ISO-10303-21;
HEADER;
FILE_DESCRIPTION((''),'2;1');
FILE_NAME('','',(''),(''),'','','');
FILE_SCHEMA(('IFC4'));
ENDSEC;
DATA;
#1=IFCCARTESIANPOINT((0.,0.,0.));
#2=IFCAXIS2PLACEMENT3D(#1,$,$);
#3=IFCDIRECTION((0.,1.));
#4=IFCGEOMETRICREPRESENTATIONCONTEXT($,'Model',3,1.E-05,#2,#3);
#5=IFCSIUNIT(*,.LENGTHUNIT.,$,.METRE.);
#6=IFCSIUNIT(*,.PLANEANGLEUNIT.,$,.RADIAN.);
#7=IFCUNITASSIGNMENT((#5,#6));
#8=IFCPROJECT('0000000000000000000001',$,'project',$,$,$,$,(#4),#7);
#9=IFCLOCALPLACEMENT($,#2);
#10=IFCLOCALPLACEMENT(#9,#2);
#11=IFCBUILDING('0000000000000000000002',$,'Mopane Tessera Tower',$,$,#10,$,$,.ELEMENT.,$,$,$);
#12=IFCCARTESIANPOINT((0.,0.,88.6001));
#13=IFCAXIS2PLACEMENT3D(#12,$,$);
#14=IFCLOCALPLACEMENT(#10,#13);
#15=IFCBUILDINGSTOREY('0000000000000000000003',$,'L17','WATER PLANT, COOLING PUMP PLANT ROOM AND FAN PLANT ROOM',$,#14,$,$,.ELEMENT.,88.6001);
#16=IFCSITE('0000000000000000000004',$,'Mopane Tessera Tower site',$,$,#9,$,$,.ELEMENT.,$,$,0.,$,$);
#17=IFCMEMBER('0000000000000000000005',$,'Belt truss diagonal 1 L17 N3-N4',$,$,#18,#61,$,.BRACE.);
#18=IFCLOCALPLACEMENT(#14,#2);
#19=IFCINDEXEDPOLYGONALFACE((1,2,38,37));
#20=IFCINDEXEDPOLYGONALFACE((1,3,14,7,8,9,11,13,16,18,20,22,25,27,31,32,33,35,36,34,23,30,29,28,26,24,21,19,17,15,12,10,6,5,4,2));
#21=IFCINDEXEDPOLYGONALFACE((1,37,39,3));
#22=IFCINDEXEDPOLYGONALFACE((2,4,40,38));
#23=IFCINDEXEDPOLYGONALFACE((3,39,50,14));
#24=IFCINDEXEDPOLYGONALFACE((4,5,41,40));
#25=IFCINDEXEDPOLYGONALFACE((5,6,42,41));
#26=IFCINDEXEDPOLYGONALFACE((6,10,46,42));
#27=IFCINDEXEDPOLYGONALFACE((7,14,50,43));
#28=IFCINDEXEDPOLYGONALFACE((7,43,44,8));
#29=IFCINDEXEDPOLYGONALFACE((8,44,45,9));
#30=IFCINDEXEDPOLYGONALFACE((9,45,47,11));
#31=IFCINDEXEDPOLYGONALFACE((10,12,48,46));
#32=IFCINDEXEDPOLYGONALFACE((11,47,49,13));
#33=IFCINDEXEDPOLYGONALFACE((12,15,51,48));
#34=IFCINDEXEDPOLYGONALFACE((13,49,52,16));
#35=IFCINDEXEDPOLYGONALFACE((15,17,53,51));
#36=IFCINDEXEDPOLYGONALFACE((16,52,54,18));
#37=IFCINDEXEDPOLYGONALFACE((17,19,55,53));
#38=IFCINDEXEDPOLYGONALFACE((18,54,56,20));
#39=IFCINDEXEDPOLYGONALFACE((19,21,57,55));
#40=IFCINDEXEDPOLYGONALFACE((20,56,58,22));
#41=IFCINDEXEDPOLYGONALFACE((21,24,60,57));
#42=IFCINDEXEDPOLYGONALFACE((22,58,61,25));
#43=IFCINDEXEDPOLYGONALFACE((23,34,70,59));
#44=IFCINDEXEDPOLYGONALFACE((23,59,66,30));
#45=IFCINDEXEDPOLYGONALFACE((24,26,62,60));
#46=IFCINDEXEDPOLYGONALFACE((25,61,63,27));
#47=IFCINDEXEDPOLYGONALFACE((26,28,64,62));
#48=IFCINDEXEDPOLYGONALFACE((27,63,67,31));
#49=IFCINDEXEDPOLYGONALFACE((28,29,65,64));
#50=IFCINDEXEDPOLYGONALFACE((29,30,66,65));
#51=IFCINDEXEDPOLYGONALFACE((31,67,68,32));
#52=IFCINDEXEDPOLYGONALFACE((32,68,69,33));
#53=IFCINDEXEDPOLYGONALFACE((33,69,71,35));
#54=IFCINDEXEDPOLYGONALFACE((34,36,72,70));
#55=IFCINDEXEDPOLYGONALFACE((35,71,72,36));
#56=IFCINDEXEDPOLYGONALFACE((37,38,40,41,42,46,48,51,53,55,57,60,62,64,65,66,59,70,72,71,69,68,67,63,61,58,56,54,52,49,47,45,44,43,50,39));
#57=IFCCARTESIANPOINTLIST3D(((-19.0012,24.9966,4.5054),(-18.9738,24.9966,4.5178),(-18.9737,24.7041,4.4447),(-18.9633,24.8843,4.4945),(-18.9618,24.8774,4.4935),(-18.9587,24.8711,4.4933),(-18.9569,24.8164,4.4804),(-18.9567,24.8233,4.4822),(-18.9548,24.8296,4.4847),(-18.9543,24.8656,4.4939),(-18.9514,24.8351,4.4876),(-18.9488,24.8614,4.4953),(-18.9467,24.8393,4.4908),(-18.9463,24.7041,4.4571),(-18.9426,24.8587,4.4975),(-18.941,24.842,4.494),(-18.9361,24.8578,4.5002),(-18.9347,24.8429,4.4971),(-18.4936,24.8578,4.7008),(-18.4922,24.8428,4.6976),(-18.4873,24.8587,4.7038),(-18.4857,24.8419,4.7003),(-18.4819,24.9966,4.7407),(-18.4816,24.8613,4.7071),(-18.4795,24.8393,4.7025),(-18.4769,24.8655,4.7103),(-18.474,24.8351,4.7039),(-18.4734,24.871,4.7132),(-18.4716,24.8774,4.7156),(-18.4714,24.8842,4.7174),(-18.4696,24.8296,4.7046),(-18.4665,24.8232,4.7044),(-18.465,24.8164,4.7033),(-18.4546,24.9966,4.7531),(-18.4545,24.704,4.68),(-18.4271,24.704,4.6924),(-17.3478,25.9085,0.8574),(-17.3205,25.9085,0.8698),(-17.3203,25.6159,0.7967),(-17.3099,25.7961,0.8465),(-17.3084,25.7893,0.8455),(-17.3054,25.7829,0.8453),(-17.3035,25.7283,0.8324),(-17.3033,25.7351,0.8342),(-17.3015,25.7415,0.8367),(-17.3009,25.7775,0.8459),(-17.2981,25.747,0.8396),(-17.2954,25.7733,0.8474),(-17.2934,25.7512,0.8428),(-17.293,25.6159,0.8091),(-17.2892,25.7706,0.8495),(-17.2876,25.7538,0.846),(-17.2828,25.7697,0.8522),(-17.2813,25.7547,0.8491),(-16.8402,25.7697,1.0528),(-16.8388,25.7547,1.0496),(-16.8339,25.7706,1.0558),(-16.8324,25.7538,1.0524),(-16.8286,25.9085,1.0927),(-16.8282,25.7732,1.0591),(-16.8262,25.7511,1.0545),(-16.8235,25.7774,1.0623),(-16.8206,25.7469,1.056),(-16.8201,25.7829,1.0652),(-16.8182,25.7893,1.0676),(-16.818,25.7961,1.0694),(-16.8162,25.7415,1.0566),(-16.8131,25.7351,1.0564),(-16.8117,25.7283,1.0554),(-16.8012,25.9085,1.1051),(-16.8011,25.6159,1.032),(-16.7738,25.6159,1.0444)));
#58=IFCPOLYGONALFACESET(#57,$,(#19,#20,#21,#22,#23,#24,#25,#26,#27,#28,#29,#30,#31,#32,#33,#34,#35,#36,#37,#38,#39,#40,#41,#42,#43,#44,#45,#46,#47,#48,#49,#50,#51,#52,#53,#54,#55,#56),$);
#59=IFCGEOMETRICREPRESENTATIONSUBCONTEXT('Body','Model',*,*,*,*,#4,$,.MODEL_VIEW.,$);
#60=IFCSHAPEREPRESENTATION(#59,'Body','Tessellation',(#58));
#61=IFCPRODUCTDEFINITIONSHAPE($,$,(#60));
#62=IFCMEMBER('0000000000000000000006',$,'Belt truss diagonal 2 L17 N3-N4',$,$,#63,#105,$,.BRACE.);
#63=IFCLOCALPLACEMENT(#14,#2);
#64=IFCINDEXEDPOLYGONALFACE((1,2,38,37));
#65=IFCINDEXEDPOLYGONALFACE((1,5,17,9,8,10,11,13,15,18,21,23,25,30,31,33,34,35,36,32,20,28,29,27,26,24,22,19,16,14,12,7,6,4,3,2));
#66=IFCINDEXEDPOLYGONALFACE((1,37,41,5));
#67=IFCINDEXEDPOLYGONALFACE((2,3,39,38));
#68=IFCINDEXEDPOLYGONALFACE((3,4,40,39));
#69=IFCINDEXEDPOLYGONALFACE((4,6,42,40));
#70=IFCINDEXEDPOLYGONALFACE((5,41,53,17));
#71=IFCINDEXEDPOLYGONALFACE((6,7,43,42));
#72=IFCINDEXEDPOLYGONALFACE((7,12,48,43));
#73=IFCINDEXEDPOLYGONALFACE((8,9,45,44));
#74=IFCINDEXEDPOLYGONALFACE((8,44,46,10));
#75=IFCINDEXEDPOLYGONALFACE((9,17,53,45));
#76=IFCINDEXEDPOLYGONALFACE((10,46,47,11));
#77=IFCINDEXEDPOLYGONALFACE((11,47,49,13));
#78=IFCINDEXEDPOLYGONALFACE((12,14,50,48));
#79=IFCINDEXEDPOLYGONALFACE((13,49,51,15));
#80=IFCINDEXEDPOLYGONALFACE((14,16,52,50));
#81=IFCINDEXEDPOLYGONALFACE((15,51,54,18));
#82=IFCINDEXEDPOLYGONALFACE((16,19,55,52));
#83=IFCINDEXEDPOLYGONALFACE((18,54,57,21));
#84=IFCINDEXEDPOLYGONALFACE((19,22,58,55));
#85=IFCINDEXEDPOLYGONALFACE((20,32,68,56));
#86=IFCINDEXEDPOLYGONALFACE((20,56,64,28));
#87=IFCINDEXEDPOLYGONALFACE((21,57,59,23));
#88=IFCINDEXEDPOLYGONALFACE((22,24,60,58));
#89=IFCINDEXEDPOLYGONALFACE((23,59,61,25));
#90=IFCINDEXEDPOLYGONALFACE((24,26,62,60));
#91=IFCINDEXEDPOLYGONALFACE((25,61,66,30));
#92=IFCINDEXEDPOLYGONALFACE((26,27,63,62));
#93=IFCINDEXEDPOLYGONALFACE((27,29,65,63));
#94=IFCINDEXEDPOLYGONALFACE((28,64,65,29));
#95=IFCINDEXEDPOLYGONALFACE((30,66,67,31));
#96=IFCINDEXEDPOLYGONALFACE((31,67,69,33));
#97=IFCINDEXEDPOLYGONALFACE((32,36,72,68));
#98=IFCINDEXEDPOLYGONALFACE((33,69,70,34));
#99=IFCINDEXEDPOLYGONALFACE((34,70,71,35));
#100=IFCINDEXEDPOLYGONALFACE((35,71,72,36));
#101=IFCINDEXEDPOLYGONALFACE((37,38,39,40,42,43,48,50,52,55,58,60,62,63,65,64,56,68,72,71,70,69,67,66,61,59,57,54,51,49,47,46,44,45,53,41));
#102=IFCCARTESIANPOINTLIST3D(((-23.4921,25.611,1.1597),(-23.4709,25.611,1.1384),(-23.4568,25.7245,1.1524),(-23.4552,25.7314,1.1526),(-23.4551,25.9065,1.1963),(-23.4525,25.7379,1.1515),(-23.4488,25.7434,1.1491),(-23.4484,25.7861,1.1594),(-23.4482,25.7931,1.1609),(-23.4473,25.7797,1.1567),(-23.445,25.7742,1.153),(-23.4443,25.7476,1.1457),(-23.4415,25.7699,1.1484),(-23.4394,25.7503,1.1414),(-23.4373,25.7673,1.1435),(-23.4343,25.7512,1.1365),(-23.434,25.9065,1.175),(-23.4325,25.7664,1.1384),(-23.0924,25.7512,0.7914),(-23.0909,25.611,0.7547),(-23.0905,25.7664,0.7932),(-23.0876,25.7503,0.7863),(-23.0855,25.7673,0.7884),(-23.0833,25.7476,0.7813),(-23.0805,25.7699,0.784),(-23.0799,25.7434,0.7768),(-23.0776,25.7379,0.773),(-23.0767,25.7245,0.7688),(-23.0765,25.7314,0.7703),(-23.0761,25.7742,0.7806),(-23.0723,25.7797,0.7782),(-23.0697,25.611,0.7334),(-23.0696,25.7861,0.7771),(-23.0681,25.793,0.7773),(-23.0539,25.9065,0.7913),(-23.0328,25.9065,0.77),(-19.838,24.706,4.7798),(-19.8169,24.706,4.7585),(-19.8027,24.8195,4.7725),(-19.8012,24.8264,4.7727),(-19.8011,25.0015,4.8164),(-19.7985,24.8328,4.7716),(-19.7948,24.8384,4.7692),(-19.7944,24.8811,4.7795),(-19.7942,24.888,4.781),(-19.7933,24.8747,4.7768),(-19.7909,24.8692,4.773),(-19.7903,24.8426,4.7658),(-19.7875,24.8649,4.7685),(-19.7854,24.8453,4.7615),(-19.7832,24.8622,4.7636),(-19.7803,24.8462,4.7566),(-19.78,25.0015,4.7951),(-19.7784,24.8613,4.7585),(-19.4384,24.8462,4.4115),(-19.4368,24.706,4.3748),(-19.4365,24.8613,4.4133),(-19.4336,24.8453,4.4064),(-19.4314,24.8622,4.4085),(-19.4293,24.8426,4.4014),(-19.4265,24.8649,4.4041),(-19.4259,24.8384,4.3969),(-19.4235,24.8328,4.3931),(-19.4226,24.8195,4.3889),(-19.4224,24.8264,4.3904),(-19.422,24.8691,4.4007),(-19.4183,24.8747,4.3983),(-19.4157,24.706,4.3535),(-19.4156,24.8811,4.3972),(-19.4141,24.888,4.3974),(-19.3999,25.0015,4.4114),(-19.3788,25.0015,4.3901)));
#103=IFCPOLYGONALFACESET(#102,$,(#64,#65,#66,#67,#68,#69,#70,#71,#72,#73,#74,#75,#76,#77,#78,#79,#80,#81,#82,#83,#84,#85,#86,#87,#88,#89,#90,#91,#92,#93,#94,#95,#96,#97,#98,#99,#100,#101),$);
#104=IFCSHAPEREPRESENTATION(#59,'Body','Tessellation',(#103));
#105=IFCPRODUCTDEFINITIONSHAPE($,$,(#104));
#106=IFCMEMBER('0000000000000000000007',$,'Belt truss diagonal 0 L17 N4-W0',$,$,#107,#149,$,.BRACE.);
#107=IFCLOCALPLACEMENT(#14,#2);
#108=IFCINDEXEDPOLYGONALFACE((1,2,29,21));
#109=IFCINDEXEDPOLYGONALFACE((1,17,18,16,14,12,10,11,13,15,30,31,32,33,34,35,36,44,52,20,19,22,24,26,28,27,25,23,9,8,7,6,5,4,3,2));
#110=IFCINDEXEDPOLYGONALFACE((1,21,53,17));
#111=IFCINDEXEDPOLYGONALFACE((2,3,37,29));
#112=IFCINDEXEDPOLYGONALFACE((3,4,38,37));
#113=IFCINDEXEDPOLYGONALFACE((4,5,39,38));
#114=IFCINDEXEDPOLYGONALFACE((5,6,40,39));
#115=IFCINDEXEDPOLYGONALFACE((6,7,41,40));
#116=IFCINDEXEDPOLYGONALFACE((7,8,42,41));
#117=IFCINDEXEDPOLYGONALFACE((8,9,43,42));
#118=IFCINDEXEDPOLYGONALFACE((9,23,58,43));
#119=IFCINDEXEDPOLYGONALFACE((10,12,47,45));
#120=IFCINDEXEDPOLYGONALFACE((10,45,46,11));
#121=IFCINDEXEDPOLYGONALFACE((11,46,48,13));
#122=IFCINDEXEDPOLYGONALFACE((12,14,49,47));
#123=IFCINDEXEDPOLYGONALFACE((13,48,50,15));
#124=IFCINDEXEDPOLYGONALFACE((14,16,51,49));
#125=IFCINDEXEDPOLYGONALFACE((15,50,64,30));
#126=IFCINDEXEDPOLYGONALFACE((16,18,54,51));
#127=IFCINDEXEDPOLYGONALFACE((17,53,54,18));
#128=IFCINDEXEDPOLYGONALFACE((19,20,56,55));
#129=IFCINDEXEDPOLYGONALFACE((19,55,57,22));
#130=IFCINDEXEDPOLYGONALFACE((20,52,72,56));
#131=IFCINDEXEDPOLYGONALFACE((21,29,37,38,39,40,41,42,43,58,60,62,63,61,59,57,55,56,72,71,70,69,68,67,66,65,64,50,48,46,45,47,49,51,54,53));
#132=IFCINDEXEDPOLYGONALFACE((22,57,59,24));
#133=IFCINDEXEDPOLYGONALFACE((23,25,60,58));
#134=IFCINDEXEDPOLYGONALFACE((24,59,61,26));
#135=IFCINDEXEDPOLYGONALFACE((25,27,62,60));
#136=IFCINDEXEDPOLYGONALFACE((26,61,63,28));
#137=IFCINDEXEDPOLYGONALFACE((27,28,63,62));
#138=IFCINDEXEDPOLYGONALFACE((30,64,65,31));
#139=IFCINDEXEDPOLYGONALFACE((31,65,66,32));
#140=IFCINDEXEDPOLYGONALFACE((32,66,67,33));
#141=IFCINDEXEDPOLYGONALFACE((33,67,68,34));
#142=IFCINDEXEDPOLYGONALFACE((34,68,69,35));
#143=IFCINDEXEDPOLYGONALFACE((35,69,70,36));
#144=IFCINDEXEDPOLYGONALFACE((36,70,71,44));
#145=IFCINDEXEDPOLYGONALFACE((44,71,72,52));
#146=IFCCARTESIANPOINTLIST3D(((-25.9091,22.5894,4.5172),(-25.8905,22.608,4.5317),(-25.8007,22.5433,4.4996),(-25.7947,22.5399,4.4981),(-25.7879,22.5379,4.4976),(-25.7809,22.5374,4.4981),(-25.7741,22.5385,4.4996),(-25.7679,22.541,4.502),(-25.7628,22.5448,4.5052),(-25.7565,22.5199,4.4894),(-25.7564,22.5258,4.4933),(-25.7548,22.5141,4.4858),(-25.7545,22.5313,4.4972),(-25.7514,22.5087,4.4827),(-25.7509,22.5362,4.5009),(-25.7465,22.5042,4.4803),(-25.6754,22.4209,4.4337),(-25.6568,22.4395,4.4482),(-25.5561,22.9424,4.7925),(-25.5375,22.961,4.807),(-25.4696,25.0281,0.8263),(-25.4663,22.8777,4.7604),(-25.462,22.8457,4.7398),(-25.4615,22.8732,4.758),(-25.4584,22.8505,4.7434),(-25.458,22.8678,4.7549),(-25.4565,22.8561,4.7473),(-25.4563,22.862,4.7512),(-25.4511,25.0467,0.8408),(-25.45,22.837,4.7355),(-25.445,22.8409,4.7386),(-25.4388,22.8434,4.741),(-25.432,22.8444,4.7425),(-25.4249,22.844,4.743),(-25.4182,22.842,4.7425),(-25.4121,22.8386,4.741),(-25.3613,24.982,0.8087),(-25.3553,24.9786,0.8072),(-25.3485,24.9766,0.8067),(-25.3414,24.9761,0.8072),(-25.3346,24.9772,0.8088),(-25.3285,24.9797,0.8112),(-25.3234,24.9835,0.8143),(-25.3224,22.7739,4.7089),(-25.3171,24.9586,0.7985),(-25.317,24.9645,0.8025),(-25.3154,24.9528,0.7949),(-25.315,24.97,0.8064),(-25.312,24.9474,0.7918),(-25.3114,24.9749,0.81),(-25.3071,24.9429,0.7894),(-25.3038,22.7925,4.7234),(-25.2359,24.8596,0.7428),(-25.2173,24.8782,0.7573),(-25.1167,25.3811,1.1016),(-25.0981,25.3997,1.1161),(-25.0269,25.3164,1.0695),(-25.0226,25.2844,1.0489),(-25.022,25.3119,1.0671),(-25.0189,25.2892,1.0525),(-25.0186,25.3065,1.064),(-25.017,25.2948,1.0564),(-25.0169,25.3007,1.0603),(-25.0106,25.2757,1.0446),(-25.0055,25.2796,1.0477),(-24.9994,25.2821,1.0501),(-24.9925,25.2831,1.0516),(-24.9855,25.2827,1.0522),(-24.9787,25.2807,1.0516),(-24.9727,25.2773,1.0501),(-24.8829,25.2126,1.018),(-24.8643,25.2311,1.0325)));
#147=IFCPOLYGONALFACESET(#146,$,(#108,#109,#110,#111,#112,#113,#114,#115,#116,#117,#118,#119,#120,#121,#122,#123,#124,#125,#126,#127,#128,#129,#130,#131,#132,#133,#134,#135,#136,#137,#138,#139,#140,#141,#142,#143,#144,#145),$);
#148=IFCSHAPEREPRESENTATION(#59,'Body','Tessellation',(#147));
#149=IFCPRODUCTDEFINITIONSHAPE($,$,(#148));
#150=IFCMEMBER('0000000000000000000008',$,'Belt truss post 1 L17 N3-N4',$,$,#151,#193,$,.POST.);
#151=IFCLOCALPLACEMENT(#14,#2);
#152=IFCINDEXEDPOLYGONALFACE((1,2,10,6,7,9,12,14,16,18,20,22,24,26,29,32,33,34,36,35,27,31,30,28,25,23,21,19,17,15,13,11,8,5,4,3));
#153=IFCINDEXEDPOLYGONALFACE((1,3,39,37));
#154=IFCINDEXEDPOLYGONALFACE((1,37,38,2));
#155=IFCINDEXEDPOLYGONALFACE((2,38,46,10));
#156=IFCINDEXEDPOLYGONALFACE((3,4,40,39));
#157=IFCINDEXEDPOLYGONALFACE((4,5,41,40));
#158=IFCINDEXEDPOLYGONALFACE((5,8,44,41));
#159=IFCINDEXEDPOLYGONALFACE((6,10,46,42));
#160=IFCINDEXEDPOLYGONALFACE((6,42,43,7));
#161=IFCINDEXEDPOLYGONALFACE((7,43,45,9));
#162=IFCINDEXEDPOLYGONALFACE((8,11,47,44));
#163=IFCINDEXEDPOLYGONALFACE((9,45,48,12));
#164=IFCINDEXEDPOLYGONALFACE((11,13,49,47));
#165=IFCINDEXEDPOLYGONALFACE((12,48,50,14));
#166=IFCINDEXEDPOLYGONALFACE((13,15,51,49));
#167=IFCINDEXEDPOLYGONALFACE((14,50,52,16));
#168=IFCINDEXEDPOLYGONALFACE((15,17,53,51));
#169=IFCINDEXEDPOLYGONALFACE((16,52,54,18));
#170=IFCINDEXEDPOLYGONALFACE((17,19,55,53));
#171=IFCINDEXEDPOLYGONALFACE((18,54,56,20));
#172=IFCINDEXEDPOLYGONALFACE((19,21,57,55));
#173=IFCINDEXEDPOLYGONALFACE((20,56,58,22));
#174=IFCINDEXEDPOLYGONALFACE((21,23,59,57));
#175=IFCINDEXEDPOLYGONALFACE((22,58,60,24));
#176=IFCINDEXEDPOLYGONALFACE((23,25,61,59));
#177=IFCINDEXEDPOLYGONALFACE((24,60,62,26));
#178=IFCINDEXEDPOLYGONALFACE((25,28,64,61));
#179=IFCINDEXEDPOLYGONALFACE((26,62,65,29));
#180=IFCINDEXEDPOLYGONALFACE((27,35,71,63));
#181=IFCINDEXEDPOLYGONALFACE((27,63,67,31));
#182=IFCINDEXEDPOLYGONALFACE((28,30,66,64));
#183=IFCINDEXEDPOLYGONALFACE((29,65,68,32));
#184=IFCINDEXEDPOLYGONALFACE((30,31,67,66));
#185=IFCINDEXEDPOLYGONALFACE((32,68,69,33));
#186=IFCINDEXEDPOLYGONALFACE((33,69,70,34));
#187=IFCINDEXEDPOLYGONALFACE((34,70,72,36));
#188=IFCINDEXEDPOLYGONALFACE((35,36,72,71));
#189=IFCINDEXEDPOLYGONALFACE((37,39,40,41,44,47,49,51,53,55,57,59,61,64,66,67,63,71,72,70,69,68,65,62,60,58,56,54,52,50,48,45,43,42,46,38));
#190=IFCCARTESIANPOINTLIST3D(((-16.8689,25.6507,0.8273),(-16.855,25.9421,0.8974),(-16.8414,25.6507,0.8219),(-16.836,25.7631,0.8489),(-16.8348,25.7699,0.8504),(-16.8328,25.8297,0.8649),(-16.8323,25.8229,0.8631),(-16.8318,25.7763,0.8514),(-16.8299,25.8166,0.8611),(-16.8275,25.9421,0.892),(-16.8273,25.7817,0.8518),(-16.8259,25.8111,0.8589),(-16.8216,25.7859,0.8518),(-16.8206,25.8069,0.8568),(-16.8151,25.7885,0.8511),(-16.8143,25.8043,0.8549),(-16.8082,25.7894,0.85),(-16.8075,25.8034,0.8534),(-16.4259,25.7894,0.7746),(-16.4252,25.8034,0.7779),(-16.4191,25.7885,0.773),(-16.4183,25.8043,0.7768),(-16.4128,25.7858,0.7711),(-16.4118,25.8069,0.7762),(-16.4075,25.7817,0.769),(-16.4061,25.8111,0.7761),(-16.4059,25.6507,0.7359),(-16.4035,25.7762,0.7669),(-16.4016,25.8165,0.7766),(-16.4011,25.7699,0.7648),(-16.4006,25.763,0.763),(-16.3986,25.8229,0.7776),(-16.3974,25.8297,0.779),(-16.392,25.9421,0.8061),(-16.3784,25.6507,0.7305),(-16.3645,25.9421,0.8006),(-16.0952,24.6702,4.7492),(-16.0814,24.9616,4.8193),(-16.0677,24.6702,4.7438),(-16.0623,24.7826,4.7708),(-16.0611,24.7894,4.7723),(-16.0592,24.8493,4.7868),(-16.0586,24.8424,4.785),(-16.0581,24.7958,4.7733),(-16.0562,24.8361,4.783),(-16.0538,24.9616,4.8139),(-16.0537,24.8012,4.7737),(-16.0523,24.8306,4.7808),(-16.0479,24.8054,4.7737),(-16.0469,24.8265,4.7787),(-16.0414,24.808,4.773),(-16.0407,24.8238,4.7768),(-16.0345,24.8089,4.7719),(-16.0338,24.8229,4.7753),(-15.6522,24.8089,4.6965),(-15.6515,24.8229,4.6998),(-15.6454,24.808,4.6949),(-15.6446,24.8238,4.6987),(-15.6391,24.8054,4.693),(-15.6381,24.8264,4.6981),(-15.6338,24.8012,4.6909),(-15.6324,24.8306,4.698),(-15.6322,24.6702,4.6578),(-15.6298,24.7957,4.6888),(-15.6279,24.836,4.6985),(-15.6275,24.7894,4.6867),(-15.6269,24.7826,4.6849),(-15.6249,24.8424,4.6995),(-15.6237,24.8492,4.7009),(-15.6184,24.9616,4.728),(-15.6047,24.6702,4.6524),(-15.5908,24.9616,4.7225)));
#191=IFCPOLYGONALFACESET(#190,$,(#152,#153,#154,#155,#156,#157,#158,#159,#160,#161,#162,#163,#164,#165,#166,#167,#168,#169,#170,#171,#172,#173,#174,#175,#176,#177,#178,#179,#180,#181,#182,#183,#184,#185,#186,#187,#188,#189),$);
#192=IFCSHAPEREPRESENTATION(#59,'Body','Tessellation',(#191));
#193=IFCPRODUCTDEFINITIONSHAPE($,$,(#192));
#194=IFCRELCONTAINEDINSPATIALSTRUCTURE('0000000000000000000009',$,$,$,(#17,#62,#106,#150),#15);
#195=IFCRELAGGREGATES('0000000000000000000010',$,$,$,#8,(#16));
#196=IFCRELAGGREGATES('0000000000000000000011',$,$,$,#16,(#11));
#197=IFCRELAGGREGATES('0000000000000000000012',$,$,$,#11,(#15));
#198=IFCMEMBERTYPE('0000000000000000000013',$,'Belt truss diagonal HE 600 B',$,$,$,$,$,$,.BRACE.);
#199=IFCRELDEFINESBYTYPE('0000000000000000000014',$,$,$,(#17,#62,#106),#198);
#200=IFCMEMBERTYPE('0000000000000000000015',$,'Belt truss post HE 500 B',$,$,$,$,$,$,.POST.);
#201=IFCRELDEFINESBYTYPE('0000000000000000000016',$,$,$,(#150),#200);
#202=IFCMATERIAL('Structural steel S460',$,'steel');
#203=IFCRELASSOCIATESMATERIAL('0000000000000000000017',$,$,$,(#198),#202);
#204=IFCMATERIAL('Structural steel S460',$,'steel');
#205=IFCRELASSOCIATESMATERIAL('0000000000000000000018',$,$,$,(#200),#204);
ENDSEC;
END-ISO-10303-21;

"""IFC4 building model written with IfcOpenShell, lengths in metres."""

from ifc_helpers import new_model, si_unit, direction, frame, origin, origin_2d, place, context, subcontext, project, spatial, i_section, extrude, material, material_profile, profile_set, type_object, element, save


model = new_model("IFC4")

# Units and contexts
model_context = context("Model", 3, precision=1e-05, world=origin(), true_north=direction((0.0, 1.0)))
body_context = subcontext(model_context, "Body", "Model", "MODEL_VIEW")
ifc_project = project(units=[si_unit("LENGTHUNIT", "METRE"), si_unit("PLANEANGLEUNIT", "RADIAN")], contexts=[model_context])

# Site, building, storey
site_placement = place(None, origin())
site = spatial("IfcSite", under=ifc_project, at=site_placement, Name="Mopane Tessera Tower site", CompositionType="ELEMENT", RefElevation=0.0)
building_placement = place(site_placement, origin())
building = spatial("IfcBuilding", under=site, at=building_placement, Name="Mopane Tessera Tower", CompositionType="ELEMENT")
storey_placement = place(building_placement, frame((0.0, 0.0, 88.6001)))
storey = spatial("IfcBuildingStorey", under=building, at=storey_placement, Name="L17", Description="WATER PLANT, COOLING PUMP PLANT ROOM AND FAN PLANT ROOM", CompositionType="ELEMENT", Elevation=88.6001)

# Members
ifc_material_1 = material(Name="Structural steel S460", Category="steel")
ifc_material_profile_1 = material_profile(ifc_material_1, i_section(OverallWidth=0.3, OverallDepth=0.6001, WebThickness=0.0154, FlangeThickness=0.03, FilletRadius=0.0271, at=origin_2d()))
ifc_profile_set_1 = profile_set([ifc_material_profile_1], Name="Structural steel S460")
member_type_1 = type_object("IfcMemberType", Name="Belt truss diagonal HE 600 B", PredefinedType="BRACE", material=ifc_profile_set_1)
member_1_placement = place(storey_placement, frame((-17.0608, 25.7622, 0.9509), z_axis=(-0.402501, -0.221994, 0.888094), x_axis=(0.091567, -0.975048, -0.202229)))
element("IfcMember", 1, at=member_1_placement, inside=storey, type_object=member_type_1, Name="Belt truss diagonal 1 L17 N3-N4", PredefinedType="BRACE", context=body_context, shape_type="SweptSolid", body=[
    extrude(i_section(OverallWidth=0.3, OverallDepth=0.6001, WebThickness=0.0154, FlangeThickness=0.03, FilletRadius=0.0271, at=origin_2d()), origin(), (0.0, 0.0, 1.0), 4.1077),
])
member_2_placement = place(storey_placement, frame((-19.6084, 24.8538, 4.585), z_axis=(-0.69965, 0.173288, -0.693153), x_axis=(-0.123111, -0.984871, -0.121953)))
element("IfcMember", 2, at=member_2_placement, inside=storey, type_object=member_type_1, Name="Belt truss diagonal 2 L17 N3-N4", PredefinedType="BRACE", context=body_context, shape_type="SweptSolid", body=[
    extrude(i_section(OverallWidth=0.3, OverallDepth=0.6001, WebThickness=0.0154, FlangeThickness=0.03, FilletRadius=0.0271, at=origin_2d()), origin(), (0.0, 0.0, 1.0), 5.2227),
])
member_3_placement = place(storey_placement, frame((-25.167, 25.1296, 0.9294), z_axis=(-0.098851, -0.54857, 0.830241), x_axis=(0.778986, -0.561817, -0.278464)))
element("IfcMember", 3, at=member_3_placement, inside=storey, type_object=member_type_1, Name="Belt truss diagonal 0 L17 N4-W0", PredefinedType="BRACE", context=body_context, shape_type="SweptSolid", body=[
    extrude(i_section(OverallWidth=0.3, OverallDepth=0.6001, WebThickness=0.0154, FlangeThickness=0.03, FilletRadius=0.0271, at=origin_2d()), origin(), (0.0, 0.0, 1.0), 4.4456),
])
ifc_material_2 = material(Name="Structural steel S460", Category="steel")
ifc_material_profile_2 = material_profile(ifc_material_2, i_section(OverallWidth=0.3, OverallDepth=0.5, WebThickness=0.0144, FlangeThickness=0.0281, FilletRadius=0.0271, at=origin_2d()))
ifc_profile_set_2 = profile_set([ifc_material_profile_2], Name="Structural steel S460")
member_type_2 = type_object("IfcMemberType", Name="Belt truss post HE 500 B", PredefinedType="POST", material=ifc_profile_set_2)
member_4_placement = place(storey_placement, frame((-16.6167, 25.7964, 0.814), z_axis=(0.187972, -0.238212, 0.952849), x_axis=(-0.046212, -0.971213, -0.233687)))
element("IfcMember", 4, at=member_4_placement, inside=storey, type_object=member_type_2, Name="Belt truss post 1 L17 N3-N4", PredefinedType="POST", context=body_context, shape_type="SweptSolid", body=[
    extrude(i_section(OverallWidth=0.3, OverallDepth=0.5, WebThickness=0.0144, FlangeThickness=0.0281, FilletRadius=0.0271, at=origin_2d()), origin(), (0.0, 0.0, 1.0), 4.116),
])

save(model, "model.ifc")
